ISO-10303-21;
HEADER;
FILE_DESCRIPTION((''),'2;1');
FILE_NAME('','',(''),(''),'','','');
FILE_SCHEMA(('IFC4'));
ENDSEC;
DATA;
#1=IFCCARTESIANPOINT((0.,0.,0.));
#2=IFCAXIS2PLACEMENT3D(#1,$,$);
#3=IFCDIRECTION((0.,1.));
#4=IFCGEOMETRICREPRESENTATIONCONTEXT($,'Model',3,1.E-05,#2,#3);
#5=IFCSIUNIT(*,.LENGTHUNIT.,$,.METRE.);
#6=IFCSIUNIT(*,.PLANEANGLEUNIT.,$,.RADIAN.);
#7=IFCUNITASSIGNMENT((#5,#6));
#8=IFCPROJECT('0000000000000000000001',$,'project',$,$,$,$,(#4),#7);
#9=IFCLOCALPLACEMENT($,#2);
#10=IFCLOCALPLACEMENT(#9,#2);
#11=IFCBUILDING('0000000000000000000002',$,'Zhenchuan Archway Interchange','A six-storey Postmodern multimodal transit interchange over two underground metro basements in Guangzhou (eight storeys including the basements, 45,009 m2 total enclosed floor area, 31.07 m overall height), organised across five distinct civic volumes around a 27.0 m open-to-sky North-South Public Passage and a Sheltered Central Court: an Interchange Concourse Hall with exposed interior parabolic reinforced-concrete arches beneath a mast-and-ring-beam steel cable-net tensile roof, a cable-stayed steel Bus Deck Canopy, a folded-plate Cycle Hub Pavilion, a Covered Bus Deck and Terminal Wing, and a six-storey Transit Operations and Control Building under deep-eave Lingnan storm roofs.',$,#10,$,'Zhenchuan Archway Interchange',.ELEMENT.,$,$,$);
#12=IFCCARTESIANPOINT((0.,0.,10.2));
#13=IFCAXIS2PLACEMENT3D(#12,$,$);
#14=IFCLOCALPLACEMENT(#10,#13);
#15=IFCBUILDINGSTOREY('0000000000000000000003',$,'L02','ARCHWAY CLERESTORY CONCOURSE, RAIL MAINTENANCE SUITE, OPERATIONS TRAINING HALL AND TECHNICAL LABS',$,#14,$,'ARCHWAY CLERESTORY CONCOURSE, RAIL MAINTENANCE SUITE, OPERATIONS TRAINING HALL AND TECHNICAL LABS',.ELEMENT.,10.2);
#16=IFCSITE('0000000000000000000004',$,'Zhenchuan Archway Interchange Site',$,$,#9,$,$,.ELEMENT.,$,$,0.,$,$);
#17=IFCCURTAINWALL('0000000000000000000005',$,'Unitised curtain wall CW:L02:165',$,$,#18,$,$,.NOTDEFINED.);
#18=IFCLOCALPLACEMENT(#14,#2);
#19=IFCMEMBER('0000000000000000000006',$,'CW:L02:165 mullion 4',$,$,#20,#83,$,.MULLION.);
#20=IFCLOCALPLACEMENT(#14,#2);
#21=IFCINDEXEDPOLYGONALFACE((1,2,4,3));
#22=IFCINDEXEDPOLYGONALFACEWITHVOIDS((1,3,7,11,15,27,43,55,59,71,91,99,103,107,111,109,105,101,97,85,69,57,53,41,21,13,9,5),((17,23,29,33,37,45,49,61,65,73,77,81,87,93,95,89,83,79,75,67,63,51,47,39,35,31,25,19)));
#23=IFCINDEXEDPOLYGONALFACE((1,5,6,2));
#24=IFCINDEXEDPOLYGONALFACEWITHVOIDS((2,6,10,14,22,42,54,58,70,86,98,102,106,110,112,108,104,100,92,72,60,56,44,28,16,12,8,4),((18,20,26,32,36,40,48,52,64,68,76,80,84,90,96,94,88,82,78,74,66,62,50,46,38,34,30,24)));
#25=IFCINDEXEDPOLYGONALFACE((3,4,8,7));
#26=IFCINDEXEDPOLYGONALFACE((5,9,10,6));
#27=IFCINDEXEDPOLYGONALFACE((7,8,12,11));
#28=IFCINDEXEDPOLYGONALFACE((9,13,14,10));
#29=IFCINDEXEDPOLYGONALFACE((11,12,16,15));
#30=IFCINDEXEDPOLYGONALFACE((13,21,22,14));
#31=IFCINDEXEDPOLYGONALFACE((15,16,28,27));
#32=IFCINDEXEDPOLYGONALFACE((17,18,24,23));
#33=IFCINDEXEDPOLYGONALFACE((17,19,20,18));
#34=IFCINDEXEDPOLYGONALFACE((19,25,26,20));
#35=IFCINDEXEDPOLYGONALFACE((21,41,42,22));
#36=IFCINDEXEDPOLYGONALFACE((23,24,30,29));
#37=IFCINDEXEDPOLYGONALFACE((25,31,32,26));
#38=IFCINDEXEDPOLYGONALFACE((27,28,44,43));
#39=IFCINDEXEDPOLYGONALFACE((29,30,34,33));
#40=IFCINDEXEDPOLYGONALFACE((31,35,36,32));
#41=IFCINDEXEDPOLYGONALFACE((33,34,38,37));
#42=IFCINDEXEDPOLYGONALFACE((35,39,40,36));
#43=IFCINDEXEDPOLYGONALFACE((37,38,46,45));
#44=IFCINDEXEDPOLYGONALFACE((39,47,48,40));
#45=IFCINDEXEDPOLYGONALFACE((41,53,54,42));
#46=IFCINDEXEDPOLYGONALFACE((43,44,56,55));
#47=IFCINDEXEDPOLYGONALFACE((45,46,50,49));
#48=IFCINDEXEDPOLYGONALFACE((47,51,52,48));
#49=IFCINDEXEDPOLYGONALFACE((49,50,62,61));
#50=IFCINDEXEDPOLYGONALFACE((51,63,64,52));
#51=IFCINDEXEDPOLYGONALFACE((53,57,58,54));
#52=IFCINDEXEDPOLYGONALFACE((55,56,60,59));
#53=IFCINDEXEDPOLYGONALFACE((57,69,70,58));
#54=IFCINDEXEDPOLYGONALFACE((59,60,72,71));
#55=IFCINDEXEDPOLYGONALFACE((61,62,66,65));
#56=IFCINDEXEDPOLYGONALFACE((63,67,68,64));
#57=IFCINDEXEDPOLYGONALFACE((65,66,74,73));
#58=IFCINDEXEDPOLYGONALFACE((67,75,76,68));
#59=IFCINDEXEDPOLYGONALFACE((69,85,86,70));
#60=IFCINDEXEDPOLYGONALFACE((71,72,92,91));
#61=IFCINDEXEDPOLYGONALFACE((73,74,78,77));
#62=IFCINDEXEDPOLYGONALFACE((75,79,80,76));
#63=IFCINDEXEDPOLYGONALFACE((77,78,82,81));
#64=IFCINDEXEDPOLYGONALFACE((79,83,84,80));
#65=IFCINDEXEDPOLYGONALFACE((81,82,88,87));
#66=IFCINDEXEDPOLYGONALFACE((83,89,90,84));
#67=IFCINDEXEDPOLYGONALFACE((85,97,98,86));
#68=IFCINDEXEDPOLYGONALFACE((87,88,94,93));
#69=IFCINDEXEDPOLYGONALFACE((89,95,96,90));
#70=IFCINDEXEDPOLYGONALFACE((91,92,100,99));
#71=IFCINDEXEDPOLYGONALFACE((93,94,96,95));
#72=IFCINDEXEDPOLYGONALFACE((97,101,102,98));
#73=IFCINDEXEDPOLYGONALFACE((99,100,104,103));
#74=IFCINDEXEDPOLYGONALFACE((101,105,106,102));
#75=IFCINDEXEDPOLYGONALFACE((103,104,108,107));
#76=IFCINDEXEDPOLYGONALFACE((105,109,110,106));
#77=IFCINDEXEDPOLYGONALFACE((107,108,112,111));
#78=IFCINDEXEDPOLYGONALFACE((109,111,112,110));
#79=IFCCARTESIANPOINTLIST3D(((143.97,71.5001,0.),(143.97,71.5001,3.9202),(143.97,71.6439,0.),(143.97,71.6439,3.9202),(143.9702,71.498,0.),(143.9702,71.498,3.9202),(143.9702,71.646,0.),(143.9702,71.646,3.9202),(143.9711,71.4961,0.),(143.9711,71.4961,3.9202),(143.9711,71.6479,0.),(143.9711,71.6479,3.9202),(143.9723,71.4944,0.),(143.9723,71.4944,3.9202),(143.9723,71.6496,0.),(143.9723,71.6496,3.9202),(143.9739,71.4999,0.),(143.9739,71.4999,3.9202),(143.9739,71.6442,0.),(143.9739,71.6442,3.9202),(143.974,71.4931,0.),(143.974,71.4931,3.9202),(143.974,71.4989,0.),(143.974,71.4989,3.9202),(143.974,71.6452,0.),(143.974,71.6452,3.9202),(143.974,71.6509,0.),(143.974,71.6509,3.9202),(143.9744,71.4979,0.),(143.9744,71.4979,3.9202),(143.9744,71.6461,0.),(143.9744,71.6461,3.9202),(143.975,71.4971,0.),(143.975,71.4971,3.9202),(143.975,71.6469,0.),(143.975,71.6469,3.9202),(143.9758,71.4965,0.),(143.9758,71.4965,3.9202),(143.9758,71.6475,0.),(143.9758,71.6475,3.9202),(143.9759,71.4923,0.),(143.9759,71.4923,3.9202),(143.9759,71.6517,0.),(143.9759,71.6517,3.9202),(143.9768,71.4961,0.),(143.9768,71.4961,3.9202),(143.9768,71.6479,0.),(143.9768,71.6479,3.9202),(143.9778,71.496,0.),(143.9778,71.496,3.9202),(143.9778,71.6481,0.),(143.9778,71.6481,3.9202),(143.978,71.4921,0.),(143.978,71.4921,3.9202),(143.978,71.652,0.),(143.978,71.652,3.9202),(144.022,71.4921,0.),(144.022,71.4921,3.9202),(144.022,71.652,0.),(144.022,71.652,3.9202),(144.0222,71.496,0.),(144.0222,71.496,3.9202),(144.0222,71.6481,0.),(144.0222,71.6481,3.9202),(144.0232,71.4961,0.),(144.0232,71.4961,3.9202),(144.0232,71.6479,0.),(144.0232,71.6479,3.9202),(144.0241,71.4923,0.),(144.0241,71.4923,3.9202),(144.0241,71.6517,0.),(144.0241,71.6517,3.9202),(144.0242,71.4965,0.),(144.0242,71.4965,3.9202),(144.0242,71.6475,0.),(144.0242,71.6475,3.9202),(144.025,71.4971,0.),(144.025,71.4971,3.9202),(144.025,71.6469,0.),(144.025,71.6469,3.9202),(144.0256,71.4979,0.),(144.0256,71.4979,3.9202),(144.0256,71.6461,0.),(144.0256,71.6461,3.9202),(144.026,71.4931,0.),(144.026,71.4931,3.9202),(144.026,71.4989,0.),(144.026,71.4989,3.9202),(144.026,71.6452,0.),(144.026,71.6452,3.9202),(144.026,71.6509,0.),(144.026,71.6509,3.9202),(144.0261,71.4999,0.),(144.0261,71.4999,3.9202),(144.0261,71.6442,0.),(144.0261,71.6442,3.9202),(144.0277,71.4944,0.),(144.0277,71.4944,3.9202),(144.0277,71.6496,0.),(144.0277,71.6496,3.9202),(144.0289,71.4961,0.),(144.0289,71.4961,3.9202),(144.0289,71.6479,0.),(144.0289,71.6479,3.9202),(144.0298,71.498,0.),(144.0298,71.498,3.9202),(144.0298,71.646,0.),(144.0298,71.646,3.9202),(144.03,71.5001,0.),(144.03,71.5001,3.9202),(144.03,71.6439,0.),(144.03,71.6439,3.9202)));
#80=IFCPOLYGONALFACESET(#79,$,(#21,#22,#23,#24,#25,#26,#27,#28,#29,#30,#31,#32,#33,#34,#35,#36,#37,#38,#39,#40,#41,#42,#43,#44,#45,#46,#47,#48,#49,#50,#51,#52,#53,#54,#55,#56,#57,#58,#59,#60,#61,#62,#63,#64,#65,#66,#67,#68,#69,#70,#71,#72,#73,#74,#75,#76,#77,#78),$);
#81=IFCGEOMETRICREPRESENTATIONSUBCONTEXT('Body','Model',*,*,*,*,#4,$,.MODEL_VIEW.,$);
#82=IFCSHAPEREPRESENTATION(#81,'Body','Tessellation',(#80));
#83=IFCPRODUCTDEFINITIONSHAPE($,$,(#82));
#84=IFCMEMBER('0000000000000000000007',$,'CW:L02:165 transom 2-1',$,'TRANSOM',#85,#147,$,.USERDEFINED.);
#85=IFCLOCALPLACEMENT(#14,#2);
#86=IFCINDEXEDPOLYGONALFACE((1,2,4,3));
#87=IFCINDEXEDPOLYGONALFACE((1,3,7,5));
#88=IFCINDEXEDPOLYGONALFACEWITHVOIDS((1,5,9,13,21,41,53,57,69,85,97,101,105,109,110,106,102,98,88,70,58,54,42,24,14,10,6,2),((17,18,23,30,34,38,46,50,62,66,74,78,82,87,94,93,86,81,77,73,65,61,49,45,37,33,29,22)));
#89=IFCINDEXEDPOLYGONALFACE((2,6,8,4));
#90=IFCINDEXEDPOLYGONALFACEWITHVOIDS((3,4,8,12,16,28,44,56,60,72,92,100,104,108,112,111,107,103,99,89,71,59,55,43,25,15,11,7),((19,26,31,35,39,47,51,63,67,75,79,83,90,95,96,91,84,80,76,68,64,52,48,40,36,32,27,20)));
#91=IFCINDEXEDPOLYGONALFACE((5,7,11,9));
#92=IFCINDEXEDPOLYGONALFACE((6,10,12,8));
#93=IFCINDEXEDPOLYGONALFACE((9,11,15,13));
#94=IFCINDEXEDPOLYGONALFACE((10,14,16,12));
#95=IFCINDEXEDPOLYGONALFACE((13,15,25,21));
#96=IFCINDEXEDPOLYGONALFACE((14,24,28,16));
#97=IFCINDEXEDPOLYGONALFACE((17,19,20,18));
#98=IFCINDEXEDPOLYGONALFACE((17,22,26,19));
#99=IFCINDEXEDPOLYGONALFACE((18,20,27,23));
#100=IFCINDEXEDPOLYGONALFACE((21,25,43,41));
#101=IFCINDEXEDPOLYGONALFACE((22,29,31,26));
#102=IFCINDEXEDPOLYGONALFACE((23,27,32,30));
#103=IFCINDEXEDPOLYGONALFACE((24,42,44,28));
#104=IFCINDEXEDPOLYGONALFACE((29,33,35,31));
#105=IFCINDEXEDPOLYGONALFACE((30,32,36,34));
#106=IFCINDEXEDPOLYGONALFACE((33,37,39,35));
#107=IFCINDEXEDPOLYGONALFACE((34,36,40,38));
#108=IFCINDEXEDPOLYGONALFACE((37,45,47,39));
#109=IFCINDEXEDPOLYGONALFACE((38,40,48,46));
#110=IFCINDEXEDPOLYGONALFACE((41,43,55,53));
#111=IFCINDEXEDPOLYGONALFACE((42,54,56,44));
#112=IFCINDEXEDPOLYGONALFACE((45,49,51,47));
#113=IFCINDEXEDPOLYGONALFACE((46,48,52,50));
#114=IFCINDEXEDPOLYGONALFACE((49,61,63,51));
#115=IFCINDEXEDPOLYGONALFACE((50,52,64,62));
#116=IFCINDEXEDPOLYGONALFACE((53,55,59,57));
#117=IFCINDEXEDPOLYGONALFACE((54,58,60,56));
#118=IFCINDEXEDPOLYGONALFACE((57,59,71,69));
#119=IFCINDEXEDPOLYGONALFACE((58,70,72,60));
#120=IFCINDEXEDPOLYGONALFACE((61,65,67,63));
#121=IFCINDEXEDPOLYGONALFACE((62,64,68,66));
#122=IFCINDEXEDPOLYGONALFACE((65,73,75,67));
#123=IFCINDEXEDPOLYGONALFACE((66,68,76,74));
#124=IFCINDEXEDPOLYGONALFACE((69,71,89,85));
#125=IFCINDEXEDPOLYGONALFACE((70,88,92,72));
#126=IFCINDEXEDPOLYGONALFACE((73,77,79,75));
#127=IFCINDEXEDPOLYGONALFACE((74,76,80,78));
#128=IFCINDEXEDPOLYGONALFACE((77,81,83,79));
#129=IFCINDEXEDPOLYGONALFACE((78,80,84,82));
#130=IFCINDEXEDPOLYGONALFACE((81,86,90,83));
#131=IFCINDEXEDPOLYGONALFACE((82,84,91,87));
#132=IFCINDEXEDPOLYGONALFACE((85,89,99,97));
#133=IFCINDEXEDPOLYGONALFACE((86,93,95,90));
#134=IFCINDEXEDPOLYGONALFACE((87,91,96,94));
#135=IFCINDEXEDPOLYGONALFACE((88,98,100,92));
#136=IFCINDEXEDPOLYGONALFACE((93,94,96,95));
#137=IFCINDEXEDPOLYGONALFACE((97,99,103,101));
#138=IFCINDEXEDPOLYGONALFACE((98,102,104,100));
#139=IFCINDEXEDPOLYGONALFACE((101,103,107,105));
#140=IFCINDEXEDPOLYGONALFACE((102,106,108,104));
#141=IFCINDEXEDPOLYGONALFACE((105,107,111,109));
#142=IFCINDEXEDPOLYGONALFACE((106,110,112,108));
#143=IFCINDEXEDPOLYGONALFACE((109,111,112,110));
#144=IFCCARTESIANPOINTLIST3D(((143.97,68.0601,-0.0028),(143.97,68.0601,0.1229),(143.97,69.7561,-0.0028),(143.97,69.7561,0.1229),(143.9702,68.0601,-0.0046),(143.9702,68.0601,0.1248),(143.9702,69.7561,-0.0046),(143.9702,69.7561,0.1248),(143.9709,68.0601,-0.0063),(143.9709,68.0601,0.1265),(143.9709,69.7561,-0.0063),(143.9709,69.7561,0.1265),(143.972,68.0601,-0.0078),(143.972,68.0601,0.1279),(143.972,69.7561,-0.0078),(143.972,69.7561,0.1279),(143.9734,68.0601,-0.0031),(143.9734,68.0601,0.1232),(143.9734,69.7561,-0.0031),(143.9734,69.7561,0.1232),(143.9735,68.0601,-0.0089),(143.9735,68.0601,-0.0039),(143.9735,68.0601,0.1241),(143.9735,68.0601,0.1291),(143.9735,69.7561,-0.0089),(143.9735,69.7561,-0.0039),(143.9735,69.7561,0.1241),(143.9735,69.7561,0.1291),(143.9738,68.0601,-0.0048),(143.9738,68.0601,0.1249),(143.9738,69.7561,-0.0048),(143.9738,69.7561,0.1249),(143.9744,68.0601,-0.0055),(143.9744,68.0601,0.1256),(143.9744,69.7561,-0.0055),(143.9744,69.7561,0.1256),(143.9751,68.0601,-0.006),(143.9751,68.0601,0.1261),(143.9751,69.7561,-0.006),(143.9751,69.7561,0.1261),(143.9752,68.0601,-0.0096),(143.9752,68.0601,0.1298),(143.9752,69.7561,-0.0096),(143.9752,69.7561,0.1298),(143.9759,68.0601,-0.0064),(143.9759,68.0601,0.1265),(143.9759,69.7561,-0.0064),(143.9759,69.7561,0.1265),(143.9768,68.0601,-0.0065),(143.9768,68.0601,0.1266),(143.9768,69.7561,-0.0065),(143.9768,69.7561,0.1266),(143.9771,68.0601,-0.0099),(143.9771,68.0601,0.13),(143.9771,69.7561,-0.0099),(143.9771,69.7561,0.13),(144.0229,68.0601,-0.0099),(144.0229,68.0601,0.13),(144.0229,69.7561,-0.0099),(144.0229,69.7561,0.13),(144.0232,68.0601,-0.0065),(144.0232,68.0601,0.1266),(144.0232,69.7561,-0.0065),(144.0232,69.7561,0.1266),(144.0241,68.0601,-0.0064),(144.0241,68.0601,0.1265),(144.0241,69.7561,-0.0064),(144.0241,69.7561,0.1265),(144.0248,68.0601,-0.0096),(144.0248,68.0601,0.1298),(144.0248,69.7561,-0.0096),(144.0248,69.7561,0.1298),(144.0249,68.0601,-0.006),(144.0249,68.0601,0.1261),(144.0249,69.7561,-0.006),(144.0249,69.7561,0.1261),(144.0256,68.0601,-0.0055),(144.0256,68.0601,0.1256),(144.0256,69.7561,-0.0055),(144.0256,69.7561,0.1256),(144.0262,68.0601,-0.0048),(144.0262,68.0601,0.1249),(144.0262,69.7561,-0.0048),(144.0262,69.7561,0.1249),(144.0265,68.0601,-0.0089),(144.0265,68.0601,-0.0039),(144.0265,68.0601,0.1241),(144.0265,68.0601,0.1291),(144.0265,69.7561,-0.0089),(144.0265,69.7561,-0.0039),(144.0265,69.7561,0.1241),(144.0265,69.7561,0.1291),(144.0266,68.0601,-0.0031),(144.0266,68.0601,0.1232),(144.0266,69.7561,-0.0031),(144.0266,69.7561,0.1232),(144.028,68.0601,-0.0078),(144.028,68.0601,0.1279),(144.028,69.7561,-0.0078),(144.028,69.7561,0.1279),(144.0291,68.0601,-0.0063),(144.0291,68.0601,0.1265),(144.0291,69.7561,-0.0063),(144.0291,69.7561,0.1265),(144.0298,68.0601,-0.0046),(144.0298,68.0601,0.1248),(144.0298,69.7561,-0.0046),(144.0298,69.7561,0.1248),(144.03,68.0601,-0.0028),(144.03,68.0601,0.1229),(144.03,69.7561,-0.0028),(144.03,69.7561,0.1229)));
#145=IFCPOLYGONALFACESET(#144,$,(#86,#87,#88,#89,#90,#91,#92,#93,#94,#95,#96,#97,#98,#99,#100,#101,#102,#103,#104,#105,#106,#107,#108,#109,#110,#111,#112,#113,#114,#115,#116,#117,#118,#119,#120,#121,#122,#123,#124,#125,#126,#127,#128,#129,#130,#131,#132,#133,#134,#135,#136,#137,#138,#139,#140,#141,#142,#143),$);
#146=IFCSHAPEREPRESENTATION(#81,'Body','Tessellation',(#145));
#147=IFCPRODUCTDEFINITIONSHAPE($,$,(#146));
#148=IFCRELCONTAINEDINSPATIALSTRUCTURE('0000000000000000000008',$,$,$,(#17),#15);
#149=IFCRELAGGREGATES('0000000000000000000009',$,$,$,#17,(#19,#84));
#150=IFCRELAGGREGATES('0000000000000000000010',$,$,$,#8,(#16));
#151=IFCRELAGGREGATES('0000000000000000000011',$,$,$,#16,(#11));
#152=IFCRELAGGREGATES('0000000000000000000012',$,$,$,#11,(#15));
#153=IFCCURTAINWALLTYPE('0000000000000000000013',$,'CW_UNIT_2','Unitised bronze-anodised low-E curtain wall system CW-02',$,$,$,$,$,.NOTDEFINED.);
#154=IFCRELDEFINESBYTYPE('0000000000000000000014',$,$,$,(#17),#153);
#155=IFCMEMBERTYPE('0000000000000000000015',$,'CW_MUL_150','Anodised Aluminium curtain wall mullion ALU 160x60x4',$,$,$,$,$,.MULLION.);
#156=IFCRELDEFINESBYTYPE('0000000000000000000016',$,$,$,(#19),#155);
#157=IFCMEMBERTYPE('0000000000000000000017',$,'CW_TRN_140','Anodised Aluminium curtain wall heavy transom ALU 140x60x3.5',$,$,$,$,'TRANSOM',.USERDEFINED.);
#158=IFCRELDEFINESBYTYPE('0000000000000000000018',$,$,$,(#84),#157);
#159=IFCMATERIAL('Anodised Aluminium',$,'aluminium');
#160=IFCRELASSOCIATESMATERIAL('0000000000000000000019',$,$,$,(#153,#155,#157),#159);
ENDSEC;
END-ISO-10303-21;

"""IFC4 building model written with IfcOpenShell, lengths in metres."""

from ifc_helpers import new_model, si_unit, direction, frame, origin, origin_2d, place, context, subcontext, project, spatial, hollow_rectangle, extrude, material, material_profile, profile_set, type_object, element, aggregate, save


model = new_model("IFC4")

# Units and contexts
model_context = context("Model", 3, precision=1e-05, world=origin(), true_north=direction((0.0, 1.0)))
body_context = subcontext(model_context, "Body", "Model", "MODEL_VIEW")
ifc_project = project(units=[si_unit("LENGTHUNIT", "METRE"), si_unit("PLANEANGLEUNIT", "RADIAN")], contexts=[model_context])

# Site, building, storey
site_placement = place(None, origin())
site = spatial("IfcSite", under=ifc_project, at=site_placement, Name="Zhenchuan Archway Interchange Site", CompositionType="ELEMENT", RefElevation=0.0)
building_placement = place(site_placement, origin())
building = spatial("IfcBuilding", under=site, at=building_placement, Name="Zhenchuan Archway Interchange", Description="A six-storey Postmodern multimodal transit interchange over two underground metro basements in Guangzhou (eight storeys including the basements, 45,009 m2 total enclosed floor area, 31.07 m overall height), organised across five distinct civic volumes around a 27.0 m open-to-sky North-South Public Passage and a Sheltered Central Court: an Interchange Concourse Hall with exposed interior parabolic reinforced-concrete arches beneath a mast-and-ring-beam steel cable-net tensile roof, a cable-stayed steel Bus Deck Canopy, a folded-plate Cycle Hub Pavilion, a Covered Bus Deck and Terminal Wing, and a six-storey Transit Operations and Control Building under deep-eave Lingnan storm roofs.", LongName="Zhenchuan Archway Interchange", CompositionType="ELEMENT")
storey_placement = place(building_placement, frame((0.0, 0.0, 10.2)))
storey = spatial("IfcBuildingStorey", under=building, at=storey_placement, Name="L02", Description="ARCHWAY CLERESTORY CONCOURSE, RAIL MAINTENANCE SUITE, OPERATIONS TRAINING HALL AND TECHNICAL LABS", LongName="ARCHWAY CLERESTORY CONCOURSE, RAIL MAINTENANCE SUITE, OPERATIONS TRAINING HALL AND TECHNICAL LABS", CompositionType="ELEMENT", Elevation=10.2)

# Curtain wall, members
ifc_material_1 = material(Name="Anodised Aluminium", Category="aluminium")
curtain_wall_type = type_object("IfcCurtainWallType", Name="CW_UNIT_2", Description="Unitised bronze-anodised low-E curtain wall system CW-02", PredefinedType="NOTDEFINED", material=ifc_material_1)
curtain_wall_placement = place(storey_placement, origin())
curtain_wall = element("IfcCurtainWall", 1, at=curtain_wall_placement, inside=storey, type_object=curtain_wall_type, Name="Unitised curtain wall CW:L02:165", PredefinedType="NOTDEFINED")
ifc_material_profile_1 = material_profile(ifc_material_1, hollow_rectangle(XDim=0.0601, YDim=0.1599, WallThickness=0.0039, InnerFilletRadius=0.0039, OuterFilletRadius=0.0081, at=origin_2d()), Name="ALU 160x60x4")
ifc_profile_set_1 = profile_set([ifc_material_profile_1], Name="Anodised Aluminium")
member_type_1 = type_object("IfcMemberType", Name="CW_MUL_150", Description="Anodised Aluminium curtain wall mullion ALU 160x60x4", PredefinedType="MULLION", material=ifc_profile_set_1)
member_1_placement = place(storey_placement, frame((144.0, 71.572, 0.0), z_axis=(0.0, 0.0, 1.0), x_axis=(1.0, 0.0, 0.0)))
member_1 = element("IfcMember", 2, at=member_1_placement, type_object=member_type_1, Name="CW:L02:165 mullion 4", PredefinedType="MULLION", context=body_context, shape_type="SweptSolid", body=[
    extrude(hollow_rectangle(XDim=0.0601, YDim=0.1599, WallThickness=0.0039, InnerFilletRadius=0.0039, OuterFilletRadius=0.0081, at=origin_2d()), origin(), (0.0, 0.0, 1.0), 3.9202),
])
ifc_material_profile_2 = material_profile(ifc_material_1, hollow_rectangle(XDim=0.0601, YDim=0.1399, WallThickness=0.0034, InnerFilletRadius=0.0034, OuterFilletRadius=0.0071, at=origin_2d()), Name="ALU 140x60x3.5")
ifc_profile_set_2 = profile_set([ifc_material_profile_2], Name="Anodised Aluminium")
member_type_2 = type_object("IfcMemberType", Name="CW_TRN_140", Description="Anodised Aluminium curtain wall heavy transom ALU 140x60x3.5", ElementType="TRANSOM", PredefinedType="USERDEFINED", material=ifc_profile_set_2)
member_2_placement = place(storey_placement, frame((144.0, 68.0601, 0.0601), z_axis=(0.0, 1.0, 0.0), x_axis=(-1.0, 0.0, 0.0)))
member_2 = element("IfcMember", 3, at=member_2_placement, type_object=member_type_2, Name="CW:L02:165 transom 2-1", ObjectType="TRANSOM", PredefinedType="USERDEFINED", context=body_context, shape_type="SweptSolid", body=[
    extrude(hollow_rectangle(XDim=0.0601, YDim=0.1399, WallThickness=0.0034, InnerFilletRadius=0.0034, OuterFilletRadius=0.0071, at=origin_2d()), origin(), (0.0, 0.0, 1.0), 1.696),
])

aggregate(curtain_wall, [member_1, member_2])

save(model, "model.ifc")
